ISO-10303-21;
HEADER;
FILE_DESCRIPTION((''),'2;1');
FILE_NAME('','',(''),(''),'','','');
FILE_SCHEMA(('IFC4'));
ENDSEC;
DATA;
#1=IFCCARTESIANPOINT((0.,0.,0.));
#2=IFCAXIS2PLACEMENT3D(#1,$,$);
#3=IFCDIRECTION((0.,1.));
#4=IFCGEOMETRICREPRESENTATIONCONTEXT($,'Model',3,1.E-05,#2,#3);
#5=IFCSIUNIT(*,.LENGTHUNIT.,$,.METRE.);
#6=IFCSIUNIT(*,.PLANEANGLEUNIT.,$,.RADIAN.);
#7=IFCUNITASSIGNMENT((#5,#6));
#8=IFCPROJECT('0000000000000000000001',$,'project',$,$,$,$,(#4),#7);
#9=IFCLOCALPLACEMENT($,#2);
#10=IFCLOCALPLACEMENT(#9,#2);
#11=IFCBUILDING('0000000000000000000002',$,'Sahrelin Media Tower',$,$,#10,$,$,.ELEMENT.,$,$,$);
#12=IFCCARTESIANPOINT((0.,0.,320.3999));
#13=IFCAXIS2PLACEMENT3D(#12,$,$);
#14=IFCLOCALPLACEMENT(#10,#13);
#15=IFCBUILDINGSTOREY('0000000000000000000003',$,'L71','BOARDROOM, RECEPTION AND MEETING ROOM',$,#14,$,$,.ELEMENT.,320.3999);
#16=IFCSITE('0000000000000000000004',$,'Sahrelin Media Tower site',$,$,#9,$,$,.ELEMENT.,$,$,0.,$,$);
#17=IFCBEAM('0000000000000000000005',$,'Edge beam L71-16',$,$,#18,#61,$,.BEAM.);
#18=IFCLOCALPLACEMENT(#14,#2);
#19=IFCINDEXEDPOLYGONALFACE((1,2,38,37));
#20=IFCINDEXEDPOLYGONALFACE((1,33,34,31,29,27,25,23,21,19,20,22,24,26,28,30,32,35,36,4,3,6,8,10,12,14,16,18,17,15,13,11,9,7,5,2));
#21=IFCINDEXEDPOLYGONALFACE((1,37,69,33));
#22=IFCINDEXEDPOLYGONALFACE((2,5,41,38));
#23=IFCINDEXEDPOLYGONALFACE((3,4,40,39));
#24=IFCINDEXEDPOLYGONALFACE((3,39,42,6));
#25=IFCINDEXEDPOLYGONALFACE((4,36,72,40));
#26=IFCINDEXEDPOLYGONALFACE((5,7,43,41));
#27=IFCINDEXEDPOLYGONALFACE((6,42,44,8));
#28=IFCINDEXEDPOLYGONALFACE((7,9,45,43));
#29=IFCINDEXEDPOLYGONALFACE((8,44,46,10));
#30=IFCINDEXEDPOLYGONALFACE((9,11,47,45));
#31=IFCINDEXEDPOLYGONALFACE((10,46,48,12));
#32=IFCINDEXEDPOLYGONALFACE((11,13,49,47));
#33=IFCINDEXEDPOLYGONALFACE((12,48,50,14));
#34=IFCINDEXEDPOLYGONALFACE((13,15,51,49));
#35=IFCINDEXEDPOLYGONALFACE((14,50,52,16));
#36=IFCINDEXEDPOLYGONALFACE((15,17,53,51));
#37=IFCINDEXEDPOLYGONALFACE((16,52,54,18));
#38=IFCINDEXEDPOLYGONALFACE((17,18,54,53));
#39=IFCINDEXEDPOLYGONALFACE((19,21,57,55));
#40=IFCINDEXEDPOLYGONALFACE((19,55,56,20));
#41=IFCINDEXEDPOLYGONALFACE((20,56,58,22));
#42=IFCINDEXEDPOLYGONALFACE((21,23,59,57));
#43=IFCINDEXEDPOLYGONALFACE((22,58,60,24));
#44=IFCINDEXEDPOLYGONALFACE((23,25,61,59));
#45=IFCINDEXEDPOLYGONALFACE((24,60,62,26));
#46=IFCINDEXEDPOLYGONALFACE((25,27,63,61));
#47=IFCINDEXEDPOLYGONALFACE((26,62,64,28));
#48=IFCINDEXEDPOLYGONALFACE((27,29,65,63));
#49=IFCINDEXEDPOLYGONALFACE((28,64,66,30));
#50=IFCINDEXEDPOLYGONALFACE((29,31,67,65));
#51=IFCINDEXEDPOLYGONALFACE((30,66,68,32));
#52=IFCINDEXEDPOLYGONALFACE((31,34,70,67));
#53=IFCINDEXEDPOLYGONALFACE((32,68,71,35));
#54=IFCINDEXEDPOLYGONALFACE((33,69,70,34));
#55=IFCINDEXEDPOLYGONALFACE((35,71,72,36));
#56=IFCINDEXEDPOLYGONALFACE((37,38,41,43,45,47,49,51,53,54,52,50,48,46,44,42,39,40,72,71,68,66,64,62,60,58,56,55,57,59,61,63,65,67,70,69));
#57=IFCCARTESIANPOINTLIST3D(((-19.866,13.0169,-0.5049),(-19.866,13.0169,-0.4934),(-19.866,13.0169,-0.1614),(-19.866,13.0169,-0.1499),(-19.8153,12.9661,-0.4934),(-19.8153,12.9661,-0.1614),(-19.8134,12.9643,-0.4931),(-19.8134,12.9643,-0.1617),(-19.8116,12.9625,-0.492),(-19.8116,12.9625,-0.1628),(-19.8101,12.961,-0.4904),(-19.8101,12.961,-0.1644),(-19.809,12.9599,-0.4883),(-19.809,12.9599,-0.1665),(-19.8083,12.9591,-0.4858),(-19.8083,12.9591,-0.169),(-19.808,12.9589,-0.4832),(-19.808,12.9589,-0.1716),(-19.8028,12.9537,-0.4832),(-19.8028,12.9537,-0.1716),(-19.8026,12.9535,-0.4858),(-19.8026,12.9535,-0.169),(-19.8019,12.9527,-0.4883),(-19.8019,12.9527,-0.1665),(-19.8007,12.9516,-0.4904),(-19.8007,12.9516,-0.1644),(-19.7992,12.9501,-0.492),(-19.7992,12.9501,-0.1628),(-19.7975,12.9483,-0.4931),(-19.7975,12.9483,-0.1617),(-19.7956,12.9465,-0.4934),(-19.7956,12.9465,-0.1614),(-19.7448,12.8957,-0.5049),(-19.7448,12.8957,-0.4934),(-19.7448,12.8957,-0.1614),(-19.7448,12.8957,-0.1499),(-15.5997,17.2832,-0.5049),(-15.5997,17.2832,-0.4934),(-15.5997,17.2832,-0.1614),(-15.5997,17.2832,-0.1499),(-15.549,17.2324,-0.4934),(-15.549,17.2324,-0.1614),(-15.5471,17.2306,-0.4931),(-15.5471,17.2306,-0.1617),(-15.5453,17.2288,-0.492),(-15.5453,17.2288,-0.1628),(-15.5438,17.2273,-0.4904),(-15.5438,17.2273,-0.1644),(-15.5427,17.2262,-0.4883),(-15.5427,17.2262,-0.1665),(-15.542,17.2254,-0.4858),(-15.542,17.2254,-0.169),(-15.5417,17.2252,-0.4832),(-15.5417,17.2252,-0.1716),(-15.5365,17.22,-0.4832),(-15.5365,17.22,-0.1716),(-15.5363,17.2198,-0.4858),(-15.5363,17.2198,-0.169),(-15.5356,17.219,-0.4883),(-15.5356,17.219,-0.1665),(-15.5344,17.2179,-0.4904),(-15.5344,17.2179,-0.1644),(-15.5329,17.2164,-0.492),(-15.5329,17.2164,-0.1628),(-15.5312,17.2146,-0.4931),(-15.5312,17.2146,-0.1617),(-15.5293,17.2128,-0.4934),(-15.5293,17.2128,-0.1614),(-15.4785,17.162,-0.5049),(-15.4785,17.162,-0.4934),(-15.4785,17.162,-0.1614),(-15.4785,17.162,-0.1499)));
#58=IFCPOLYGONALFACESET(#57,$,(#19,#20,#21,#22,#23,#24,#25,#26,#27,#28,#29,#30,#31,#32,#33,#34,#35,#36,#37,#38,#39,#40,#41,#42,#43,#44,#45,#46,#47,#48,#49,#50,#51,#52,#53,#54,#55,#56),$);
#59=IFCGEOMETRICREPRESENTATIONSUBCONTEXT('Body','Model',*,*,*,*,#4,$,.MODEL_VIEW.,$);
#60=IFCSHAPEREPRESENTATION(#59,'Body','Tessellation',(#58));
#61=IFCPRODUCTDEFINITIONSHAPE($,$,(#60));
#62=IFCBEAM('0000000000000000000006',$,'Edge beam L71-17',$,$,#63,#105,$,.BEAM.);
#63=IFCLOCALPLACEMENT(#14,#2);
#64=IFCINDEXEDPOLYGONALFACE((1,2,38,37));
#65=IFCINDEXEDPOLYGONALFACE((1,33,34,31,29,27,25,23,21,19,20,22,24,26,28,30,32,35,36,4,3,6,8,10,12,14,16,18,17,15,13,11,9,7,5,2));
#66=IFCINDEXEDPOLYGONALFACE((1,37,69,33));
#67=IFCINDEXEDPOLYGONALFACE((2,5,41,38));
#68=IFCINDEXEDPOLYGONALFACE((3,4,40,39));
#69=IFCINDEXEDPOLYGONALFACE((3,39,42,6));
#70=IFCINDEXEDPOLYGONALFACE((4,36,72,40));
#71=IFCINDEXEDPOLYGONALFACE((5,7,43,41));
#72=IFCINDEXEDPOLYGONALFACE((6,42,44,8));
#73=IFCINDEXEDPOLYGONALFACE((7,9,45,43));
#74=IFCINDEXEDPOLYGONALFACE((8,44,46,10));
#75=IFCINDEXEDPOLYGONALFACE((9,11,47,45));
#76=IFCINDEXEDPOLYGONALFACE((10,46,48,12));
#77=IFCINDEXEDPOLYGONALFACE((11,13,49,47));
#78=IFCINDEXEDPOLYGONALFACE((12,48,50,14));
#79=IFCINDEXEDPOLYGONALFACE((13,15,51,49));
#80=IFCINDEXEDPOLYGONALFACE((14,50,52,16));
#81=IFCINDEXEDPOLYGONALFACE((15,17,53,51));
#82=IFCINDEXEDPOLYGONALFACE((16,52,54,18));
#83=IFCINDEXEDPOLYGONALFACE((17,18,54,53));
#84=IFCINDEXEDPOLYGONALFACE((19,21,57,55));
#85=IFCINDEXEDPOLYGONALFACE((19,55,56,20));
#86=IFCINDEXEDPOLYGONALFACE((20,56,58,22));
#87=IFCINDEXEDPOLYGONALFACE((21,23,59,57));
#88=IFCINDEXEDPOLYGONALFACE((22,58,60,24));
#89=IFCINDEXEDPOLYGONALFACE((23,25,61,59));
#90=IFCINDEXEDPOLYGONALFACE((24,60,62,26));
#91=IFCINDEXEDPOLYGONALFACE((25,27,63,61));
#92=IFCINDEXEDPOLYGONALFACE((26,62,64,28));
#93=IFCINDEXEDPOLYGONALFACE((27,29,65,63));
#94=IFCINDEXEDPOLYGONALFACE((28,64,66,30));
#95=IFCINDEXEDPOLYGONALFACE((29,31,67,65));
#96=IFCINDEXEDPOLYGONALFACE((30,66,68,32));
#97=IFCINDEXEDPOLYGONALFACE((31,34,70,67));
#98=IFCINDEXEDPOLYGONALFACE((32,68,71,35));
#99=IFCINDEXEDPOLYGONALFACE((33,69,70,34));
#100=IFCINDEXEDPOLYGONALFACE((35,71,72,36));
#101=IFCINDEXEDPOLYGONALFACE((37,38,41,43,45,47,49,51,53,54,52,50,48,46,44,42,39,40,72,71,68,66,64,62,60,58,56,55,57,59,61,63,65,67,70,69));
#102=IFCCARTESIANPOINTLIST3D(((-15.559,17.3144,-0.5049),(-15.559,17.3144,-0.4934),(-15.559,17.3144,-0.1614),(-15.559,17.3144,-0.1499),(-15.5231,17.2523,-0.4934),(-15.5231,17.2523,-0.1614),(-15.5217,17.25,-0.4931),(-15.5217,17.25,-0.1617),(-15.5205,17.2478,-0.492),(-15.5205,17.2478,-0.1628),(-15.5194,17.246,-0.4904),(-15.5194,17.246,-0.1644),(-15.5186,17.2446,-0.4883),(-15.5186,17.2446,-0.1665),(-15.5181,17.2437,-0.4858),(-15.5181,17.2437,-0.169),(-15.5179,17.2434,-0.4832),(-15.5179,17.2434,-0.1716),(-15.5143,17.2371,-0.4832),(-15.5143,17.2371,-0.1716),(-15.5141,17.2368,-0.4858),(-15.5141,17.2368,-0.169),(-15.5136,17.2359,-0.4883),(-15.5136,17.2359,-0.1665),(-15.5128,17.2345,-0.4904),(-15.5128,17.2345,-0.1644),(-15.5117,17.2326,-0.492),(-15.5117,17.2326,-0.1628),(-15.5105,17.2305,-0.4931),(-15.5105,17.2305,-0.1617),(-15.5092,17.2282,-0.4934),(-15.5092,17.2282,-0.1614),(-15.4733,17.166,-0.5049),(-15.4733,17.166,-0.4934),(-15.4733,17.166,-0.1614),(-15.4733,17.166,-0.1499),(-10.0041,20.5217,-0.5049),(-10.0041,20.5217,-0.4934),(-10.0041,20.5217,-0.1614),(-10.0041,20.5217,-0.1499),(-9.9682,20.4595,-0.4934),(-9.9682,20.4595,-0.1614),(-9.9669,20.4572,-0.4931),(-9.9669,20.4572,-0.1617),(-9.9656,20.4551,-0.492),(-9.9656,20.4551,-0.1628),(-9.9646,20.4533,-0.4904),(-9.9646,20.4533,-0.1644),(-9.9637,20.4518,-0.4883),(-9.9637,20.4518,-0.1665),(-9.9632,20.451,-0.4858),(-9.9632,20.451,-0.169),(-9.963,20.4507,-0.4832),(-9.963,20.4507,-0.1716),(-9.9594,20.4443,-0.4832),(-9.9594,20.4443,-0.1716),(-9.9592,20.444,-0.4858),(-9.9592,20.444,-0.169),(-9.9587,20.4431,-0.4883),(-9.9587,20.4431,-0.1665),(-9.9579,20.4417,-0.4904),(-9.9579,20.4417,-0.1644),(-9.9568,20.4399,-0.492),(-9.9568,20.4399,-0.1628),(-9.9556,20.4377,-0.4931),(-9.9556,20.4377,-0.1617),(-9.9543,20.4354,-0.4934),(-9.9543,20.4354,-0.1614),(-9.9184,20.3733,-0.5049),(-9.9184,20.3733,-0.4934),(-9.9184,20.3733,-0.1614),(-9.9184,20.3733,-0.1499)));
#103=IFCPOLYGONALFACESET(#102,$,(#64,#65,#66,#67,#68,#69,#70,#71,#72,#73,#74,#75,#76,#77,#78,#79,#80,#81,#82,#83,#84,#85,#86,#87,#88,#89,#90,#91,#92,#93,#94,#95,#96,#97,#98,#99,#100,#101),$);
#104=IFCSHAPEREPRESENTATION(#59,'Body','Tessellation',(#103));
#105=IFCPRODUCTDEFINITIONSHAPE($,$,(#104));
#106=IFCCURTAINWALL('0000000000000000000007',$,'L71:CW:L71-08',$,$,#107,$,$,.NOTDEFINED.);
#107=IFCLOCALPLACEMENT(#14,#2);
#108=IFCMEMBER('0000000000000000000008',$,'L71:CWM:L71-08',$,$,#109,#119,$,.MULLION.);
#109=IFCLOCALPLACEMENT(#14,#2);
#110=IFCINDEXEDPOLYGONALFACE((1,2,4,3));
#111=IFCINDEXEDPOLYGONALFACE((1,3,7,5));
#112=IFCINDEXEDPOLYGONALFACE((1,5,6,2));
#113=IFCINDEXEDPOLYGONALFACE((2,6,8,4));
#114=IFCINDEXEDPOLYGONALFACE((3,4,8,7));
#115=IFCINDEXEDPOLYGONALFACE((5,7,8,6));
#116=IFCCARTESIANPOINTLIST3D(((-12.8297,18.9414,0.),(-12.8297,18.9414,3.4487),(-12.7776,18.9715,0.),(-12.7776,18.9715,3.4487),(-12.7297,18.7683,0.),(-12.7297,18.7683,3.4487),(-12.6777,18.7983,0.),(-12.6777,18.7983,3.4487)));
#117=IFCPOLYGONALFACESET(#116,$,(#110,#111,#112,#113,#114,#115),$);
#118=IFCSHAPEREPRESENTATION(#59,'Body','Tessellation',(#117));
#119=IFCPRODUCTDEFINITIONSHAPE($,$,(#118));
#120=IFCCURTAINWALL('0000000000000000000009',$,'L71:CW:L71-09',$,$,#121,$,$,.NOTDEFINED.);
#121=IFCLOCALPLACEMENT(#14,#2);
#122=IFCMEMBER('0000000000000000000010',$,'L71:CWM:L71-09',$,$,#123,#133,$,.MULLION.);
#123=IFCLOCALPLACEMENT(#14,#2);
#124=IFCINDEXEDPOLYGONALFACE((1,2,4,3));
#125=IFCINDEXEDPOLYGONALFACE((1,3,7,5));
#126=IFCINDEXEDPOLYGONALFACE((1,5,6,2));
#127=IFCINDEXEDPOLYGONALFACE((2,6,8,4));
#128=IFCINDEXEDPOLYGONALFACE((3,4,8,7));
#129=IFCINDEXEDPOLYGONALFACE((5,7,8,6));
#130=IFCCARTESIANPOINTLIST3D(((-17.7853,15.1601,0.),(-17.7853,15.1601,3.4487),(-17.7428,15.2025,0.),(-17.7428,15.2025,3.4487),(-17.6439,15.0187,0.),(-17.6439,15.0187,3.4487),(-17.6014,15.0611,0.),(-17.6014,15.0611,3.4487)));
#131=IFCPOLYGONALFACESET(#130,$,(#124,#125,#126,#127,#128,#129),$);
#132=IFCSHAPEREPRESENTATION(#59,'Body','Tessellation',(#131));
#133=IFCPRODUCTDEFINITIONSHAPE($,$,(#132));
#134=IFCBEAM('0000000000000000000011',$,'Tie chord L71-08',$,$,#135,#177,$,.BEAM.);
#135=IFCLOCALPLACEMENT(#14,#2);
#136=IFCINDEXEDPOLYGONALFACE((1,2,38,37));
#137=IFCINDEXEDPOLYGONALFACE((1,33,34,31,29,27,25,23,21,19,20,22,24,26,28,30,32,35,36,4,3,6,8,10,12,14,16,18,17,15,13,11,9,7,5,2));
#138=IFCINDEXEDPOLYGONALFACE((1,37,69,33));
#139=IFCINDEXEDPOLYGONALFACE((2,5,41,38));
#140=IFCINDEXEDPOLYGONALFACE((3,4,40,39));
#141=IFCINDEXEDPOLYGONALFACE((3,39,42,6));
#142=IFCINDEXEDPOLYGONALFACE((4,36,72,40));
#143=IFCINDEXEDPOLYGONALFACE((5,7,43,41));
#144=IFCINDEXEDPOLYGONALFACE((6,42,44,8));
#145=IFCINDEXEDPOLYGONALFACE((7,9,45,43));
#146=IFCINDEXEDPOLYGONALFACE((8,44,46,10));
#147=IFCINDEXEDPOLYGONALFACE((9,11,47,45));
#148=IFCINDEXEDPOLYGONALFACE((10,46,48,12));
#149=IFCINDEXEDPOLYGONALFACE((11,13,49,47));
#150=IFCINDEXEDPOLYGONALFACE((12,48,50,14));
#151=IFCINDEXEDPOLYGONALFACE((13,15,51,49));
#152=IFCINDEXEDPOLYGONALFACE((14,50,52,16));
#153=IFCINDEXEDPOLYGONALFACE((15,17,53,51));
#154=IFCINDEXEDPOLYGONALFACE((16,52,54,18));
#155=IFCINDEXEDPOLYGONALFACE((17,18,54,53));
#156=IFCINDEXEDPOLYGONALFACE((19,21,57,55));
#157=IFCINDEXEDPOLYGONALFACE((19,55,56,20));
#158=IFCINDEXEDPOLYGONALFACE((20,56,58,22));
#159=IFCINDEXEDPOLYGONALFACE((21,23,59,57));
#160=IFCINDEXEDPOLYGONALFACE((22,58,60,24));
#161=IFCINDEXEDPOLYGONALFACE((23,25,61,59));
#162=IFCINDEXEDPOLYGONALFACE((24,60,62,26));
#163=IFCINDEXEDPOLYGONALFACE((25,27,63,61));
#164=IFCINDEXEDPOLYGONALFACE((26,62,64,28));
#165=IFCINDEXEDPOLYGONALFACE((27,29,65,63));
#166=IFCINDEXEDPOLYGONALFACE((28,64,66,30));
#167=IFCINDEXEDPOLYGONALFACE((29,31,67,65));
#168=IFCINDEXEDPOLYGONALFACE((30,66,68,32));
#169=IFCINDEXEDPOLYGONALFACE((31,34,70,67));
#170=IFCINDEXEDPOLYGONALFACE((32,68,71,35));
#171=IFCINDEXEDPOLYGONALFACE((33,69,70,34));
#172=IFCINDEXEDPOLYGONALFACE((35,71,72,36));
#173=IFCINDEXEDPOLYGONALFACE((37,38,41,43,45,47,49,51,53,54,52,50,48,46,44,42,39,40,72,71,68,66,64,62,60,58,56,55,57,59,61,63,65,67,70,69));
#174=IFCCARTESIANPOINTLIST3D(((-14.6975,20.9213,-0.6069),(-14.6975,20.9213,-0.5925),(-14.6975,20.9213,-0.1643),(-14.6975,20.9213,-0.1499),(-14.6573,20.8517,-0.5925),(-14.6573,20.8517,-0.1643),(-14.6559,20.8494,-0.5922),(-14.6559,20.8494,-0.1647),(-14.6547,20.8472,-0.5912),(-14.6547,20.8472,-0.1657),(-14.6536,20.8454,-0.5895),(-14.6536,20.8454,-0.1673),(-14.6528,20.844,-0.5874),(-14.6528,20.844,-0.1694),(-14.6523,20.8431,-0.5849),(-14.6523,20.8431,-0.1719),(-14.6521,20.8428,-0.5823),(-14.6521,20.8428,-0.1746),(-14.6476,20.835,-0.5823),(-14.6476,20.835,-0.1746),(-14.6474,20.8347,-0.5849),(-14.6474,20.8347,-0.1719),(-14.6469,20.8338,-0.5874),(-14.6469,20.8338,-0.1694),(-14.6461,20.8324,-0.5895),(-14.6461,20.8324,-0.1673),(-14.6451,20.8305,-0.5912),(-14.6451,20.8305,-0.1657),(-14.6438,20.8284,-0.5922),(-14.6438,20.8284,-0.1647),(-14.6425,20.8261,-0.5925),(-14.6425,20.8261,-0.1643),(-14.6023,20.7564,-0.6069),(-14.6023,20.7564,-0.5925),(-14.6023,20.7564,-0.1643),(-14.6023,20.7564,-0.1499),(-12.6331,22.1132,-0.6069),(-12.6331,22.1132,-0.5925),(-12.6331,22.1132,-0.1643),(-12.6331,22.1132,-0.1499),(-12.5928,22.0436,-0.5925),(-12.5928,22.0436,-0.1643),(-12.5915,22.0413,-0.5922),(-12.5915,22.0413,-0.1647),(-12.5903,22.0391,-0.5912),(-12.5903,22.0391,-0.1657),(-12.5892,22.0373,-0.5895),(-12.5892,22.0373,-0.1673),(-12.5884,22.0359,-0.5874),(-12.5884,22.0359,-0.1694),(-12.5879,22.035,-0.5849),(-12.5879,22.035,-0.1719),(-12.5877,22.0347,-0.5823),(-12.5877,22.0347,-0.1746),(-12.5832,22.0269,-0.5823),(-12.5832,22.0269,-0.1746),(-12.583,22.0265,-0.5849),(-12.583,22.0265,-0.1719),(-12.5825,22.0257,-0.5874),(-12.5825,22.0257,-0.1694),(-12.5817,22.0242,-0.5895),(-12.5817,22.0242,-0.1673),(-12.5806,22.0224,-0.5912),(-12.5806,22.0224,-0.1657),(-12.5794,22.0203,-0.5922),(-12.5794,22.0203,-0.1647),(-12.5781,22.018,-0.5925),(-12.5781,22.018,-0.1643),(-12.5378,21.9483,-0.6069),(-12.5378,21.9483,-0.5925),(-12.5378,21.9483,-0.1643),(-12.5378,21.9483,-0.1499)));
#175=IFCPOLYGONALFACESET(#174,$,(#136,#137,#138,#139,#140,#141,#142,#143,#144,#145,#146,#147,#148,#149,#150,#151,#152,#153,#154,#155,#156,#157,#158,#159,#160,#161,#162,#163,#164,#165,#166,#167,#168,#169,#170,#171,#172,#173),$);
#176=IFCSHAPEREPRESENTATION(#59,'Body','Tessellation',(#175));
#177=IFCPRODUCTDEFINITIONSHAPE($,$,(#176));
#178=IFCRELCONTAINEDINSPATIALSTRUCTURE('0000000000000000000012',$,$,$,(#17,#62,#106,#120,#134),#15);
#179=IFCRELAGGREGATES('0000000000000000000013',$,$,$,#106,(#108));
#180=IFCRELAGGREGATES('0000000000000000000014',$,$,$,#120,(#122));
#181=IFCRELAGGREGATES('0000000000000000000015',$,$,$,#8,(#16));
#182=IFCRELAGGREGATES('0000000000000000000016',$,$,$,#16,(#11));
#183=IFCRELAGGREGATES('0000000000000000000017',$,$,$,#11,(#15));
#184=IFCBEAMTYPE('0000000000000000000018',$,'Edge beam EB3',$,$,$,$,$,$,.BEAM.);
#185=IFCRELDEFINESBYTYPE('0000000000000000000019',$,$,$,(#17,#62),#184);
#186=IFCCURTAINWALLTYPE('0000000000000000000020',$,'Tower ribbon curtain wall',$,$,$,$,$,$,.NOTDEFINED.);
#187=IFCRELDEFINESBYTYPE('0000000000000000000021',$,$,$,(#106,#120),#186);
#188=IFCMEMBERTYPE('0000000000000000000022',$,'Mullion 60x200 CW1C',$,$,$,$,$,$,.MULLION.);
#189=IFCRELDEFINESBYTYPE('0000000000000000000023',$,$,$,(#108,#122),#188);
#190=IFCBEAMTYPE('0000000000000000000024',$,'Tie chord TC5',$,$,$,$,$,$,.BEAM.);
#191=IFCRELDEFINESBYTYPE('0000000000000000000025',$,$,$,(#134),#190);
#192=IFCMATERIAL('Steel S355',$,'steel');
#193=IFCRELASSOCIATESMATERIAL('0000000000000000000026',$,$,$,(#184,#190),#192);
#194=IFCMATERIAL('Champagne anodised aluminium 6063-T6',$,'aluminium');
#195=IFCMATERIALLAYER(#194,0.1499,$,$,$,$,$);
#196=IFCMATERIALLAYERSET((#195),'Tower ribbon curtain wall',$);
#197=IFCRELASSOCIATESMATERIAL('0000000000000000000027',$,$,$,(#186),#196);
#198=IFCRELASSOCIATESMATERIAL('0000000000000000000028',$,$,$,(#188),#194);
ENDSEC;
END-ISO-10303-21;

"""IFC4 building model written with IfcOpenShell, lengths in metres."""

from ifc_helpers import new_model, si_unit, direction, frame, origin, origin_2d, place, context, subcontext, project, spatial, rectangle, i_section, extrude, material, layer, layer_set, material_profile, profile_set, type_object, element, aggregate, save


model = new_model("IFC4")

# Units and contexts
model_context = context("Model", 3, precision=1e-05, world=origin(), true_north=direction((0.0, 1.0)))
body_context = subcontext(model_context, "Body", "Model", "MODEL_VIEW")
ifc_project = project(units=[si_unit("LENGTHUNIT", "METRE"), si_unit("PLANEANGLEUNIT", "RADIAN")], contexts=[model_context])

# Site, building, storey
site_placement = place(None, origin())
site = spatial("IfcSite", under=ifc_project, at=site_placement, Name="Sahrelin Media Tower site", CompositionType="ELEMENT", RefElevation=0.0)
building_placement = place(site_placement, origin())
building = spatial("IfcBuilding", under=site, at=building_placement, Name="Sahrelin Media Tower", CompositionType="ELEMENT")
storey_placement = place(building_placement, frame((0.0, 0.0, 320.3999)))
storey = spatial("IfcBuildingStorey", under=building, at=storey_placement, Name="L71", Description="BOARDROOM, RECEPTION AND MEETING ROOM", CompositionType="ELEMENT", Elevation=320.3999)

# Beams
ifc_material_1 = material(Name="Steel S355", Category="steel")
ifc_material_profile_1 = material_profile(ifc_material_1, i_section(OverallWidth=0.1714, OverallDepth=0.355, WebThickness=0.0073, FlangeThickness=0.0115, FilletRadius=0.0103, at=origin_2d()), Name="UB 356x171x51")
ifc_profile_set_1 = profile_set([ifc_material_profile_1], Name="Steel S355")
beam_type_1 = type_object("IfcBeamType", Name="Edge beam EB3", PredefinedType="BEAM", material=ifc_profile_set_1)
beam_1_placement = place(storey_placement, frame((-19.8054, 12.9563, -0.3274), z_axis=(0.707107, 0.707107, 0.0), x_axis=(-0.707107, 0.707107, 0.0)))
element("IfcBeam", 1, at=beam_1_placement, inside=storey, type_object=beam_type_1, Name="Edge beam L71-16", PredefinedType="BEAM", context=body_context, shape_type="SweptSolid", body=[
    extrude(i_section(OverallWidth=0.1714, OverallDepth=0.355, WebThickness=0.0073, FlangeThickness=0.0115, FilletRadius=0.0103, at=origin_2d()), origin(), (0.0, 0.0, 1.0), 6.0334),
])
beam_2_placement = place(storey_placement, frame((-15.5161, 17.2402, -0.3274), z_axis=(0.866016, 0.500016, 0.0), x_axis=(-0.500016, 0.866016, 0.0)))
element("IfcBeam", 2, at=beam_2_placement, inside=storey, type_object=beam_type_1, Name="Edge beam L71-17", PredefinedType="BEAM", context=body_context, shape_type="SweptSolid", body=[
    extrude(i_section(OverallWidth=0.1714, OverallDepth=0.355, WebThickness=0.0073, FlangeThickness=0.0115, FilletRadius=0.0103, at=origin_2d()), origin(), (0.0, 0.0, 1.0), 6.4143),
])

# Curtain walls, members
ifc_material_2 = material(Name="Champagne anodised aluminium 6063-T6", Category="aluminium")
ifc_layer_1 = layer(ifc_material_2, 0.1499)
ifc_layer_set_1 = layer_set([ifc_layer_1], Name="Tower ribbon curtain wall")
curtain_wall_type = type_object("IfcCurtainWallType", Name="Tower ribbon curtain wall", PredefinedType="NOTDEFINED", material=ifc_layer_set_1)
curtain_wall_1_placement = place(storey_placement, frame((-12.8137, 18.9736, 0.0), z_axis=(0.0, 0.0, 1.0), x_axis=(1.0, 0.0, 0.0)))
curtain_wall_1 = element("IfcCurtainWall", 3, at=curtain_wall_1_placement, inside=storey, type_object=curtain_wall_type, Name="L71:CW:L71-08", PredefinedType="NOTDEFINED")
ifc_material_profile_2 = material_profile(ifc_material_2, rectangle(XDim=0.0601, YDim=0.2, at=origin_2d()), Name="Mullion 60x200")
ifc_profile_set_2 = profile_set([ifc_material_profile_2], Name="Champagne anodised aluminium 6063-T6")
member_type_1 = type_object("IfcMemberType", Name="Mullion 60x200 CW1C", PredefinedType="MULLION", material=ifc_profile_set_2)
member_1_placement = place(storey_placement, frame((-12.7537, 18.8699, 0.0), z_axis=(0.0, 0.0, 1.0), x_axis=(-0.866024, -0.500003, 0.0)))
member_1 = element("IfcMember", 4, at=member_1_placement, type_object=member_type_1, Name="L71:CWM:L71-08", PredefinedType="MULLION", context=body_context, shape_type="SweptSolid", body=[
    extrude(rectangle(XDim=0.0601, YDim=0.2, at=origin_2d()), origin(), (0.0, 0.0, 1.0), 3.4487),
])
aggregate(curtain_wall_1, [member_1])
curtain_wall_2_placement = place(storey_placement, frame((-17.7783, 15.1956, 0.0), z_axis=(0.0, 0.0, 1.0), x_axis=(1.0, 0.0, 0.0)))
curtain_wall_2 = element("IfcCurtainWall", 5, at=curtain_wall_2_placement, inside=storey, type_object=curtain_wall_type, Name="L71:CW:L71-09", PredefinedType="NOTDEFINED")
member_2_placement = place(storey_placement, frame((-17.6934, 15.1106, 0.0), z_axis=(0.0, 0.0, 1.0), x_axis=(-0.707107, -0.707107, 0.0)))
member_2 = element("IfcMember", 6, at=member_2_placement, type_object=member_type_1, Name="L71:CWM:L71-09", PredefinedType="MULLION", context=body_context, shape_type="SweptSolid", body=[
    extrude(rectangle(XDim=0.0601, YDim=0.2, at=origin_2d()), origin(), (0.0, 0.0, 1.0), 3.4487),
])

# Beam
ifc_material_profile_3 = material_profile(ifc_material_1, i_section(OverallWidth=0.1904, OverallDepth=0.457, WebThickness=0.009, FlangeThickness=0.0144, FilletRadius=0.0103, at=origin_2d()), Name="UB 457x191x74")
ifc_profile_set_3 = profile_set([ifc_material_profile_3], Name="Steel S355")
beam_type_2 = type_object("IfcBeamType", Name="Tie chord TC5", PredefinedType="BEAM", material=ifc_profile_set_3)
beam_3_placement = place(storey_placement, frame((-12.5854, 22.0308, -0.3784), z_axis=(-0.866029, -0.499994, 0.0), x_axis=(0.499994, -0.866029, 0.0)))
element("IfcBeam", 7, at=beam_3_placement, inside=storey, type_object=beam_type_2, Name="Tie chord L71-08", PredefinedType="BEAM", context=body_context, shape_type="SweptSolid", body=[
    extrude(i_section(OverallWidth=0.1904, OverallDepth=0.457, WebThickness=0.009, FlangeThickness=0.0144, FilletRadius=0.0103, at=origin_2d()), origin(), (0.0, 0.0, 1.0), 2.3838),
])

aggregate(curtain_wall_2, [member_2])

save(model, "model.ifc")
